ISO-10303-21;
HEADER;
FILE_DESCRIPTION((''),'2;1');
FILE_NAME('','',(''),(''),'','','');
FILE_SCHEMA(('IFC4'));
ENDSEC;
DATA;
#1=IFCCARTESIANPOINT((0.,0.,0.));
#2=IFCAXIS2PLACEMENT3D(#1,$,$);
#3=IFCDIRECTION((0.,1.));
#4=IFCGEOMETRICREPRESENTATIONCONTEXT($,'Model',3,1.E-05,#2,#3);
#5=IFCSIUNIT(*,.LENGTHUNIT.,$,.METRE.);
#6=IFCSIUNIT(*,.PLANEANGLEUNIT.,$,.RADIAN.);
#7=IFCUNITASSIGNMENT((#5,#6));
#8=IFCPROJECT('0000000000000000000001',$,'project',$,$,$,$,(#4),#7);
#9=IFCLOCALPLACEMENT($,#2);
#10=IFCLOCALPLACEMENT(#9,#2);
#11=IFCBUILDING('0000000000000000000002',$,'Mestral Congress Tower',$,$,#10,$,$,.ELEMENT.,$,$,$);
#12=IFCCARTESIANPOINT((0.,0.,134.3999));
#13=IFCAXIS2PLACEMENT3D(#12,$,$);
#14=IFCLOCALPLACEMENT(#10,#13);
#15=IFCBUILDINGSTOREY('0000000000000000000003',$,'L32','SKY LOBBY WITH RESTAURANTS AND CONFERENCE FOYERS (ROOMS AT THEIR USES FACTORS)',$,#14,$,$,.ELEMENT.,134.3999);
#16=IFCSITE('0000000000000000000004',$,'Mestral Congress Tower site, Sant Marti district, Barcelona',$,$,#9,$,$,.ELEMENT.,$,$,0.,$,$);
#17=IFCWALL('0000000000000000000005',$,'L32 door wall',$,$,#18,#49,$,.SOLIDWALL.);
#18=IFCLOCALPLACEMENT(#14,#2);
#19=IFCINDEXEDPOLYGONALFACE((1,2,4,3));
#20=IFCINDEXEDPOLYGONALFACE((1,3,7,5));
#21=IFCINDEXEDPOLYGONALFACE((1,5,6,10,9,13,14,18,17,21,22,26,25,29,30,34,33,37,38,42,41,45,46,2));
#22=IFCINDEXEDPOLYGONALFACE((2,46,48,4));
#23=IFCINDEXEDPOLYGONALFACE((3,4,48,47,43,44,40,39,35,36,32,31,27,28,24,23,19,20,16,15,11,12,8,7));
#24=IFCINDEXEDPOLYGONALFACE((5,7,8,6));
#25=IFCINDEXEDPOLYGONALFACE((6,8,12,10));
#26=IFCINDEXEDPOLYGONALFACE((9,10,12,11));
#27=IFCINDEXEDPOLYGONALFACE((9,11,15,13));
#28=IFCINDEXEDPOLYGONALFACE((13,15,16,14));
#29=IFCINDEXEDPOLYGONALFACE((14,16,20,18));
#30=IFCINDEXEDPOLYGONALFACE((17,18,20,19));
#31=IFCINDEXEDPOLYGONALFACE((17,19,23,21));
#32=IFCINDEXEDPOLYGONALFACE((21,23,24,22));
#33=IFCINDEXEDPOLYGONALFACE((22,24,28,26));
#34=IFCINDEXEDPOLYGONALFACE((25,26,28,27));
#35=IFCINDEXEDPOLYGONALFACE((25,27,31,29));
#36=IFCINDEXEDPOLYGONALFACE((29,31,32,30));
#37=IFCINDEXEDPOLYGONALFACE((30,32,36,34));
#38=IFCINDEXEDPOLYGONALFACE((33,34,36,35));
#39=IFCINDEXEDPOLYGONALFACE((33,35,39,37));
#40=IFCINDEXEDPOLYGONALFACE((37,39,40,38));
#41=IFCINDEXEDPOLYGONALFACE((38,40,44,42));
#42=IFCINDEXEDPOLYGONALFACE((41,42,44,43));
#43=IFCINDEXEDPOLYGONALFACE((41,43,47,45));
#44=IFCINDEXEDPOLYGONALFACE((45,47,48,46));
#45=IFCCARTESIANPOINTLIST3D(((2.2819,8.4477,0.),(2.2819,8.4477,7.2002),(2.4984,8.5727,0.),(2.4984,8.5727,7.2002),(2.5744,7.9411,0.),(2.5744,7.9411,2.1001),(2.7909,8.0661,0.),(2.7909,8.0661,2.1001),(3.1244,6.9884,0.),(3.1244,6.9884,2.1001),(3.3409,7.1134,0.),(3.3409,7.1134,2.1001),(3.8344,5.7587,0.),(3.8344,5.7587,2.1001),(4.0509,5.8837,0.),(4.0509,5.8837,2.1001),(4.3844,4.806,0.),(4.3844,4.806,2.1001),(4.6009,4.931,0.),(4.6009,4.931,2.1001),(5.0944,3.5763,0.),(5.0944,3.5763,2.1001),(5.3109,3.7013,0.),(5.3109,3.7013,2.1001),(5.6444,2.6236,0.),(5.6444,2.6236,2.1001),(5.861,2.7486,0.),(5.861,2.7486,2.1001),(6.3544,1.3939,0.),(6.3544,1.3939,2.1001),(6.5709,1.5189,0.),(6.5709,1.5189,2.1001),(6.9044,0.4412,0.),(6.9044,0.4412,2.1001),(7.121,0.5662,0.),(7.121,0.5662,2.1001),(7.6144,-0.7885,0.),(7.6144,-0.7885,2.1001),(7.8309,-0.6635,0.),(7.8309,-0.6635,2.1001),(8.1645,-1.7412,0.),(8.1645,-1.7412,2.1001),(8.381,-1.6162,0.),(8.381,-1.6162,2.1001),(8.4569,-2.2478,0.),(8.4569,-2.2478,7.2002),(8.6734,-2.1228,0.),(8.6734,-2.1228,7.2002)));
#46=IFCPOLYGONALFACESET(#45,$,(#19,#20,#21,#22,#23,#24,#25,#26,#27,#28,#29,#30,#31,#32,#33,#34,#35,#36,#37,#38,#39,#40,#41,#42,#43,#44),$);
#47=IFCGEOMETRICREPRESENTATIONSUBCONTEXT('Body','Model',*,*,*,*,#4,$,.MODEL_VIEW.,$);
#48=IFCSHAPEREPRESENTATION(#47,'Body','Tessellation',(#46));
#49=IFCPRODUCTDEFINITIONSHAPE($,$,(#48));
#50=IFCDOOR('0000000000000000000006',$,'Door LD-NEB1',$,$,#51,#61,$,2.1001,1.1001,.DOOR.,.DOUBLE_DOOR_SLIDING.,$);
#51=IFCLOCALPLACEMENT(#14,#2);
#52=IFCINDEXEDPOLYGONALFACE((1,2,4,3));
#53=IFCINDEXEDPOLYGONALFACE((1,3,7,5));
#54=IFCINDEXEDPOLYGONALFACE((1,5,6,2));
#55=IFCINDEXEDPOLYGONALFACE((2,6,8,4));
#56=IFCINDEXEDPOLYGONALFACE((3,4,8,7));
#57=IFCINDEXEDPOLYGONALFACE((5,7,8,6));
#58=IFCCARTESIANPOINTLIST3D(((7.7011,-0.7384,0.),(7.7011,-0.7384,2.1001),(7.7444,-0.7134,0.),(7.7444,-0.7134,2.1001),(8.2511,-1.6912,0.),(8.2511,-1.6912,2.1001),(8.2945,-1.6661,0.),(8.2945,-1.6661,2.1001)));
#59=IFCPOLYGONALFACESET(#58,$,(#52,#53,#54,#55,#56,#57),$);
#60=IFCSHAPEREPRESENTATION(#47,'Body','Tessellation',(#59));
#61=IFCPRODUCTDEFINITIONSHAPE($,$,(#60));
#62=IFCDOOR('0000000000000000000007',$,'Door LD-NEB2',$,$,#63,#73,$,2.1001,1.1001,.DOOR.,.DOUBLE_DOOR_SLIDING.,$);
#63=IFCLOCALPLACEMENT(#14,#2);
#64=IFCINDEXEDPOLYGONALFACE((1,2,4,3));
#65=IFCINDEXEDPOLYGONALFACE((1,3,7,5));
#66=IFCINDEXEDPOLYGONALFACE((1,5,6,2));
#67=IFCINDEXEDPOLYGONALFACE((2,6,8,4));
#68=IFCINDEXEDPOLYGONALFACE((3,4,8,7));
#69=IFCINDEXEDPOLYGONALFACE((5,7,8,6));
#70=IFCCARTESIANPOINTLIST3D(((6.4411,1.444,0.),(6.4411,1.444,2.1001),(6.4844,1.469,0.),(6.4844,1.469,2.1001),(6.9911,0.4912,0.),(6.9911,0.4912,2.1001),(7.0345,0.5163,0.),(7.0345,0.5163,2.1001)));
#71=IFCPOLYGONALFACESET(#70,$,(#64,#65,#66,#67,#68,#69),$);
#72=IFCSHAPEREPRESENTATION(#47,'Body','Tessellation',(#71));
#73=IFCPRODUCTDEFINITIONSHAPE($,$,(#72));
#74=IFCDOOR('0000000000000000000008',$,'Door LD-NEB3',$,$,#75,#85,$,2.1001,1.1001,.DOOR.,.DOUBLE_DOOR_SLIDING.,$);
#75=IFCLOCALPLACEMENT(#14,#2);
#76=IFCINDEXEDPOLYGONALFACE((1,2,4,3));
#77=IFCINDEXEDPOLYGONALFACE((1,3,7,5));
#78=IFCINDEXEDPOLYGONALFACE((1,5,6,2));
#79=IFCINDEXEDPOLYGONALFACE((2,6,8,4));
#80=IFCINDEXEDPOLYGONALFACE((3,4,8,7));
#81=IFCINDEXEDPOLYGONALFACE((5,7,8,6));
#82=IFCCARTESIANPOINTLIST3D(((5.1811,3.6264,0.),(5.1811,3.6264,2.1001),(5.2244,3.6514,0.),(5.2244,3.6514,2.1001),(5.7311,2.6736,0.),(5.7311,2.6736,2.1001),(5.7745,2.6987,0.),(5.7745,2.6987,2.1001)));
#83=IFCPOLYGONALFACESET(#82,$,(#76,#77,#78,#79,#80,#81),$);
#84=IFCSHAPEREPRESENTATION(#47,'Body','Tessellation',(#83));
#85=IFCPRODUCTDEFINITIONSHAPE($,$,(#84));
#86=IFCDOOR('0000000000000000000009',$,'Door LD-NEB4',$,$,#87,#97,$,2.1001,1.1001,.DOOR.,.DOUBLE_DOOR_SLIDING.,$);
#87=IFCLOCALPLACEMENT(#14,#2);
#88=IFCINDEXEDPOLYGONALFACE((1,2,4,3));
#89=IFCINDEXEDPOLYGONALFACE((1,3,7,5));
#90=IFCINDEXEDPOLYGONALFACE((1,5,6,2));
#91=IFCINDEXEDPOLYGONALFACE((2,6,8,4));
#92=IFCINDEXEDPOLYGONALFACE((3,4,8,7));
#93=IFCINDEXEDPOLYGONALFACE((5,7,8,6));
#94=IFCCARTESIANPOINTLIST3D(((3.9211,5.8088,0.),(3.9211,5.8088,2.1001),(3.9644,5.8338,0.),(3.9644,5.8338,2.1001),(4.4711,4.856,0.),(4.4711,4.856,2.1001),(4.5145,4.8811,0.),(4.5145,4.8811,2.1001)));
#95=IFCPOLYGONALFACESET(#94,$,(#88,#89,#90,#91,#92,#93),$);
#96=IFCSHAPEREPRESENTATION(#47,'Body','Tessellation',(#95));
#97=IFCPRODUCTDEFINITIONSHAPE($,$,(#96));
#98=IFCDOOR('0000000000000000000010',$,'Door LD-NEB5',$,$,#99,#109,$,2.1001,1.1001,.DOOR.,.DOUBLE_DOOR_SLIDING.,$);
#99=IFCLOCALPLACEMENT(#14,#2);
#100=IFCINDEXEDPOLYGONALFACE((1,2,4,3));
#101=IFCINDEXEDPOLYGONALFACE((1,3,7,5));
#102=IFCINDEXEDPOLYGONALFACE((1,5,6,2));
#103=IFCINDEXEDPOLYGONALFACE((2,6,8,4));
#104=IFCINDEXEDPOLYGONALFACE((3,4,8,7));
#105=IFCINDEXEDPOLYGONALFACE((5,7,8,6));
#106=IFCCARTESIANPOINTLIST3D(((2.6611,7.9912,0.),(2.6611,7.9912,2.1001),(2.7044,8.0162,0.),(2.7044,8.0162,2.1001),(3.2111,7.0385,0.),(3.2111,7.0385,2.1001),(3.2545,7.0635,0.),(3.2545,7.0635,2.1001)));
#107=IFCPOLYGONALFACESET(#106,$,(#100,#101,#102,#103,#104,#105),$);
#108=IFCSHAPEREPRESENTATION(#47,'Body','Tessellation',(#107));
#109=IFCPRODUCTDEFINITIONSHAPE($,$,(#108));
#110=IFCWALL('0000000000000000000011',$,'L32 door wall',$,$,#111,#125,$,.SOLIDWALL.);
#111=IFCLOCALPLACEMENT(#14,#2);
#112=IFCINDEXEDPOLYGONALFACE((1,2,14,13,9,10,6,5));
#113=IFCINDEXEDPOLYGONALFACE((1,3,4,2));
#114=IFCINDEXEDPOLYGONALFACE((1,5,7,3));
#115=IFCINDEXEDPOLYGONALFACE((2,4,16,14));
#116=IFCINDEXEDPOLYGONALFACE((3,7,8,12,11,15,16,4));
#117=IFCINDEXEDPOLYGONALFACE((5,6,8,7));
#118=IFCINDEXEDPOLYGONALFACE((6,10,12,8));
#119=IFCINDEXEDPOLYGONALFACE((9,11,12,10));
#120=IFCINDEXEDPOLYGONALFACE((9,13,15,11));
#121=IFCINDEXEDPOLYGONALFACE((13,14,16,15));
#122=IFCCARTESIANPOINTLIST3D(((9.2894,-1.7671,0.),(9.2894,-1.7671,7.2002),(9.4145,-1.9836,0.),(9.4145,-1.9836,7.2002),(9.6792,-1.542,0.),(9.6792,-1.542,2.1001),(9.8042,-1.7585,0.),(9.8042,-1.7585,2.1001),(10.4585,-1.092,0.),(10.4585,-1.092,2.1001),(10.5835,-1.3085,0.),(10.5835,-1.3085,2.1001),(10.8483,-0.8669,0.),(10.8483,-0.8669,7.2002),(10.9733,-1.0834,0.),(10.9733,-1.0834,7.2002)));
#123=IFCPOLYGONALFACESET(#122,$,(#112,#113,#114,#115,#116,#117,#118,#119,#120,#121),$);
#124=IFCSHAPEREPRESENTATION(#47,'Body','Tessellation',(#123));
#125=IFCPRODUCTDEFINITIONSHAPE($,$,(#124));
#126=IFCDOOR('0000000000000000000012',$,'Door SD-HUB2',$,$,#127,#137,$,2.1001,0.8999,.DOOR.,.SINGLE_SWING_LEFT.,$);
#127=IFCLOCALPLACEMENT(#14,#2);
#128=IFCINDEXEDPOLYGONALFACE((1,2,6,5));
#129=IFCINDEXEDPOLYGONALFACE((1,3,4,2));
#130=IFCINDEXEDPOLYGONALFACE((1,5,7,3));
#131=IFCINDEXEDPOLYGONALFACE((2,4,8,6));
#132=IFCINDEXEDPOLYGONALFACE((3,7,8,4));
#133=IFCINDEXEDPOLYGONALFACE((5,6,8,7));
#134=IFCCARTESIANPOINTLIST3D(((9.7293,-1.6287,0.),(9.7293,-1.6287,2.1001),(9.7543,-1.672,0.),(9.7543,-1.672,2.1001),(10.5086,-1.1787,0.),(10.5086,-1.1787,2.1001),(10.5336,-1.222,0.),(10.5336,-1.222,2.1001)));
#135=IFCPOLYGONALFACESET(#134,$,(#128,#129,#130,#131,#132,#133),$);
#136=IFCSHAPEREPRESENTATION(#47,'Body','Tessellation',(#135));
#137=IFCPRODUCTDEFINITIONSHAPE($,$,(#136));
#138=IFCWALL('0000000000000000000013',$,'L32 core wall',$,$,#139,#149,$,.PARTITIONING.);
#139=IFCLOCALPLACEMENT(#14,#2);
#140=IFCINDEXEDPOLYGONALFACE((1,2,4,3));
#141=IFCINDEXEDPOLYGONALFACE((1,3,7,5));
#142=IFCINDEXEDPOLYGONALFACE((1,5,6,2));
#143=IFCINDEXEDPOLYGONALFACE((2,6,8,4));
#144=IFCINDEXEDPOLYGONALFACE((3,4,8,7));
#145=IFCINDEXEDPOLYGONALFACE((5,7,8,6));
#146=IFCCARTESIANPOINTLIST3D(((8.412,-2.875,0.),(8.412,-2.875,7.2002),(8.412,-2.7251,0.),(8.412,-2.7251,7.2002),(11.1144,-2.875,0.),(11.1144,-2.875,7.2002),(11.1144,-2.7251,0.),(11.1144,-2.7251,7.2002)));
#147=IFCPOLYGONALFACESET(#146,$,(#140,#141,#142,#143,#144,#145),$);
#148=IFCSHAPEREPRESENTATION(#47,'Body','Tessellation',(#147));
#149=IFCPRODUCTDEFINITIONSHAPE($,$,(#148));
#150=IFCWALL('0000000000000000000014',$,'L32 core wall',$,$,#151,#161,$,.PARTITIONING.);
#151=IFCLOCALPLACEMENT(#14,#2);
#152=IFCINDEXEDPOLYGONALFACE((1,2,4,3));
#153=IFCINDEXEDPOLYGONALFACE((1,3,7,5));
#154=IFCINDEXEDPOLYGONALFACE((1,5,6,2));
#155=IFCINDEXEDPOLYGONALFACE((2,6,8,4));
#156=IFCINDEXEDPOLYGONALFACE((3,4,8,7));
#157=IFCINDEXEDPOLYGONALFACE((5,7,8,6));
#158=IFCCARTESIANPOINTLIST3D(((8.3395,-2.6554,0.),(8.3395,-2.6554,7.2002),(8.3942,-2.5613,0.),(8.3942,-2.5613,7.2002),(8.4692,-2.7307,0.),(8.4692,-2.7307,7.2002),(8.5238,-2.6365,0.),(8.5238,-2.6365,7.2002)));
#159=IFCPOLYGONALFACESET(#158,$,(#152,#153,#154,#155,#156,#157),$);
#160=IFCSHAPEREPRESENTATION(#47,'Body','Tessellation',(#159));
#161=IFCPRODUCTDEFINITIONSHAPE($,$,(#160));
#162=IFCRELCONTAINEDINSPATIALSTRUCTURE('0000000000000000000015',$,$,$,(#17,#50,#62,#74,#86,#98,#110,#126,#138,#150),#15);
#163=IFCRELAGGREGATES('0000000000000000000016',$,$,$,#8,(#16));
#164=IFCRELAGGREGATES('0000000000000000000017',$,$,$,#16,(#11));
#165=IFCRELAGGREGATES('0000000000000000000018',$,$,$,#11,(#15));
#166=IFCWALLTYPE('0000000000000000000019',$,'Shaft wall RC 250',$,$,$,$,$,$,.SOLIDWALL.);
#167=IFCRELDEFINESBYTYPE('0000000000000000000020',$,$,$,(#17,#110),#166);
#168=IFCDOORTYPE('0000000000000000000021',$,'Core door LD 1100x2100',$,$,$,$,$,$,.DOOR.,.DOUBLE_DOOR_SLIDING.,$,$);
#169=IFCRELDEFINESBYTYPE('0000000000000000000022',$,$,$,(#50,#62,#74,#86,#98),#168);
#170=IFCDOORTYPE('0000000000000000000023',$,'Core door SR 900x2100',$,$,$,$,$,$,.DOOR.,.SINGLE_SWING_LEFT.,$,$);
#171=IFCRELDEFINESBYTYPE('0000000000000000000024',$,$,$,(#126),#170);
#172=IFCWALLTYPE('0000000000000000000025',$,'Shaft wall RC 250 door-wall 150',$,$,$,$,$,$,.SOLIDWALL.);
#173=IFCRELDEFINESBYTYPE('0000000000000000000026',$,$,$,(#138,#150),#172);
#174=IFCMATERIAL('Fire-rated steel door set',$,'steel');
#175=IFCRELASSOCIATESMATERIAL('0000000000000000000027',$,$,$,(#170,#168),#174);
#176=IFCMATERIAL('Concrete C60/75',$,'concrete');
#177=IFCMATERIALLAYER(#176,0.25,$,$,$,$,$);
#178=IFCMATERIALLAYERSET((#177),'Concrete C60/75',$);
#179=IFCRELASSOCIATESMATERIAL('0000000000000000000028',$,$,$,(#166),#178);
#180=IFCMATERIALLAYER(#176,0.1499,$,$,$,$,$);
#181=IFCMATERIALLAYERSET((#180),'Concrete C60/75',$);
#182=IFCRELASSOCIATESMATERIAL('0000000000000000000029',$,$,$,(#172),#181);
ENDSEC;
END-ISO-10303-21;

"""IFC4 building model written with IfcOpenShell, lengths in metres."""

from ifc_helpers import new_model, si_unit, direction, frame, frame_2d, origin, place, context, subcontext, project, spatial, rectangle, extrude, material, layer, layer_set, type_object, element, fill, save


model = new_model("IFC4")

# Units and contexts
model_context = context("Model", 3, precision=1e-05, world=origin(), true_north=direction((0.0, 1.0)))
body_context = subcontext(model_context, "Body", "Model", "MODEL_VIEW")
ifc_project = project(units=[si_unit("LENGTHUNIT", "METRE"), si_unit("PLANEANGLEUNIT", "RADIAN")], contexts=[model_context])

# Site, building, storey
site_placement = place(None, origin())
site = spatial("IfcSite", under=ifc_project, at=site_placement, Name="Mestral Congress Tower site, Sant Marti district, Barcelona", CompositionType="ELEMENT", RefElevation=0.0)
building_placement = place(site_placement, origin())
building = spatial("IfcBuilding", under=site, at=building_placement, Name="Mestral Congress Tower", CompositionType="ELEMENT")
storey_placement = place(building_placement, frame((0.0, 0.0, 134.3999)))
storey = spatial("IfcBuildingStorey", under=building, at=storey_placement, Name="L32", Description="SKY LOBBY WITH RESTAURANTS AND CONFERENCE FOYERS (ROOMS AT THEIR USES FACTORS)", CompositionType="ELEMENT", Elevation=134.3999)

# Shared definitions
ifc_material_1 = material(Name="Fire-rated steel door set", Category="steel")
door_type_1 = type_object("IfcDoorType", Name="Core door SR 900x2100", OperationType="SINGLE_SWING_LEFT", PredefinedType="DOOR", material=ifc_material_1)

# Shared definitions
ifc_material_2 = material(Name="Concrete C60/75", Category="concrete")
ifc_layer_1 = layer(ifc_material_2, 0.25)
ifc_layer_set_1 = layer_set([ifc_layer_1], Name="Concrete C60/75")
wall_type_1 = type_object("IfcWallType", Name="Shaft wall RC 250", PredefinedType="SOLIDWALL", material=ifc_layer_set_1)

# Wall, openings, doors
wall_1_placement = place(storey_placement, frame((8.5652, -2.1853, 0.0), z_axis=(0.0, 0.0, 1.0), x_axis=(-0.499998, 0.866027, 0.0)))
wall_1 = element("IfcWall", 1, at=wall_1_placement, inside=storey, type_object=wall_type_1, Name="L32 door wall", PredefinedType="SOLIDWALL", context=body_context, shape_type="SweptSolid", body=[
    extrude(rectangle(XDim=12.3501, YDim=0.25, at=frame_2d((6.175, 0.0))), origin(), (0.0, 0.0, 1.0), 7.2002),
])
opening_1_placement = place(wall_1_placement, frame((0.585, 0.0, 0.0)))
opening_1 = element("IfcOpeningElement", 2, at=opening_1_placement, cuts=wall_1, PredefinedType="OPENING", context=body_context, shape_type="SweptSolid", body=[
    extrude(rectangle(XDim=1.1001, YDim=2.1001, at=frame_2d((0.55, 1.05))), frame((0.0, 0.135, 0.0), z_axis=(0.0, -1.0, 0.0), x_axis=(1.0, 0.0, 0.0)), (0.0, 0.0, 1.0), 0.27),
])
opening_2_placement = place(wall_1_placement, frame((3.105, 0.0, 0.0)))
opening_2 = element("IfcOpeningElement", 3, at=opening_2_placement, cuts=wall_1, PredefinedType="OPENING", context=body_context, shape_type="SweptSolid", body=[
    extrude(rectangle(XDim=1.1001, YDim=2.1001, at=frame_2d((0.55, 1.05))), frame((0.0, 0.135, 0.0), z_axis=(0.0, -1.0, 0.0), x_axis=(1.0, 0.0, 0.0)), (0.0, 0.0, 1.0), 0.27),
])
opening_3_placement = place(wall_1_placement, frame((5.625, 0.0, 0.0)))
opening_3 = element("IfcOpeningElement", 4, at=opening_3_placement, cuts=wall_1, PredefinedType="OPENING", context=body_context, shape_type="SweptSolid", body=[
    extrude(rectangle(XDim=1.1001, YDim=2.1001, at=frame_2d((0.55, 1.05))), frame((0.0, 0.135, 0.0), z_axis=(0.0, -1.0, 0.0), x_axis=(1.0, 0.0, 0.0)), (0.0, 0.0, 1.0), 0.27),
])
opening_4_placement = place(wall_1_placement, frame((8.145, 0.0, 0.0)))
opening_4 = element("IfcOpeningElement", 5, at=opening_4_placement, cuts=wall_1, PredefinedType="OPENING", context=body_context, shape_type="SweptSolid", body=[
    extrude(rectangle(XDim=1.1001, YDim=2.1001, at=frame_2d((0.55, 1.05))), frame((0.0, 0.135, 0.0), z_axis=(0.0, -1.0, 0.0), x_axis=(1.0, 0.0, 0.0)), (0.0, 0.0, 1.0), 0.27),
])
opening_5_placement = place(wall_1_placement, frame((10.665, 0.0, 0.0)))
opening_5 = element("IfcOpeningElement", 6, at=opening_5_placement, cuts=wall_1, PredefinedType="OPENING", context=body_context, shape_type="SweptSolid", body=[
    extrude(rectangle(XDim=1.1001, YDim=2.1001, at=frame_2d((0.55, 1.05))), frame((0.0, 0.135, 0.0), z_axis=(0.0, -1.0, 0.0), x_axis=(1.0, 0.0, 0.0)), (0.0, 0.0, 1.0), 0.27),
])
door_type_2 = type_object("IfcDoorType", Name="Core door LD 1100x2100", OperationType="DOUBLE_DOOR_SLIDING", PredefinedType="DOOR", material=ifc_material_1)
door_1_placement = place(opening_1_placement, origin())
door_1 = element("IfcDoor", 7, at=door_1_placement, inside=storey, type_object=door_type_2, Name="Door LD-NEB1", OperationType="DOUBLE_DOOR_SLIDING", OverallHeight=2.1001, OverallWidth=1.1001, PredefinedType="DOOR", context=body_context, shape_type="SweptSolid", body=[
    extrude(rectangle(XDim=1.1001, YDim=2.1001, at=frame_2d((0.55, 1.05))), frame((0.0, 0.0249, 0.0), z_axis=(0.0, -1.0, 0.0), x_axis=(1.0, 0.0, 0.0)), (0.0, 0.0, 1.0), 0.05),
])
fill(opening_1, door_1)
door_2_placement = place(opening_2_placement, origin())
door_2 = element("IfcDoor", 8, at=door_2_placement, inside=storey, type_object=door_type_2, Name="Door LD-NEB2", OperationType="DOUBLE_DOOR_SLIDING", OverallHeight=2.1001, OverallWidth=1.1001, PredefinedType="DOOR", context=body_context, shape_type="SweptSolid", body=[
    extrude(rectangle(XDim=1.1001, YDim=2.1001, at=frame_2d((0.55, 1.05))), frame((0.0, 0.0249, 0.0), z_axis=(0.0, -1.0, 0.0), x_axis=(1.0, 0.0, 0.0)), (0.0, 0.0, 1.0), 0.05),
])
fill(opening_2, door_2)
door_3_placement = place(opening_3_placement, origin())
door_3 = element("IfcDoor", 9, at=door_3_placement, inside=storey, type_object=door_type_2, Name="Door LD-NEB3", OperationType="DOUBLE_DOOR_SLIDING", OverallHeight=2.1001, OverallWidth=1.1001, PredefinedType="DOOR", context=body_context, shape_type="SweptSolid", body=[
    extrude(rectangle(XDim=1.1001, YDim=2.1001, at=frame_2d((0.55, 1.05))), frame((0.0, 0.0249, 0.0), z_axis=(0.0, -1.0, 0.0), x_axis=(1.0, 0.0, 0.0)), (0.0, 0.0, 1.0), 0.05),
])
fill(opening_3, door_3)
door_4_placement = place(opening_4_placement, origin())
door_4 = element("IfcDoor", 10, at=door_4_placement, inside=storey, type_object=door_type_2, Name="Door LD-NEB4", OperationType="DOUBLE_DOOR_SLIDING", OverallHeight=2.1001, OverallWidth=1.1001, PredefinedType="DOOR", context=body_context, shape_type="SweptSolid", body=[
    extrude(rectangle(XDim=1.1001, YDim=2.1001, at=frame_2d((0.55, 1.05))), frame((0.0, 0.0249, 0.0), z_axis=(0.0, -1.0, 0.0), x_axis=(1.0, 0.0, 0.0)), (0.0, 0.0, 1.0), 0.05),
])
fill(opening_4, door_4)
door_5_placement = place(opening_5_placement, origin())
door_5 = element("IfcDoor", 11, at=door_5_placement, inside=storey, type_object=door_type_2, Name="Door LD-NEB5", OperationType="DOUBLE_DOOR_SLIDING", OverallHeight=2.1001, OverallWidth=1.1001, PredefinedType="DOOR", context=body_context, shape_type="SweptSolid", body=[
    extrude(rectangle(XDim=1.1001, YDim=2.1001, at=frame_2d((0.55, 1.05))), frame((0.0, 0.0249, 0.0), z_axis=(0.0, -1.0, 0.0), x_axis=(1.0, 0.0, 0.0)), (0.0, 0.0, 1.0), 0.05),
])
fill(opening_5, door_5)

# Wall, opening, door
wall_2_placement = place(storey_placement, frame((9.3521, -1.8752, 0.0), z_axis=(0.0, 0.0, 1.0), x_axis=(0.865989, 0.500063, 0.0)))
wall_2 = element("IfcWall", 12, at=wall_2_placement, inside=storey, type_object=wall_type_1, Name="L32 door wall", PredefinedType="SOLIDWALL", context=body_context, shape_type="SweptSolid", body=[
    extrude(rectangle(XDim=1.8, YDim=0.25, at=frame_2d((0.8999, 0.0))), origin(), (0.0, 0.0, 1.0), 7.2002),
])
opening_6_placement = place(wall_2_placement, frame((0.45, 0.0, 0.0)))
opening_6 = element("IfcOpeningElement", 13, at=opening_6_placement, cuts=wall_2, PredefinedType="OPENING", context=body_context, shape_type="SweptSolid", body=[
    extrude(rectangle(XDim=0.8999, YDim=2.1001, at=frame_2d((0.45, 1.05))), frame((0.0, 0.135, 0.0), z_axis=(0.0, -1.0, 0.0), x_axis=(1.0, 0.0, 0.0)), (0.0, 0.0, 1.0), 0.27),
])
door_6_placement = place(opening_6_placement, origin())
door_6 = element("IfcDoor", 14, at=door_6_placement, inside=storey, type_object=door_type_1, Name="Door SD-HUB2", OperationType="SINGLE_SWING_LEFT", OverallHeight=2.1001, OverallWidth=0.8999, PredefinedType="DOOR", context=body_context, shape_type="SweptSolid", body=[
    extrude(rectangle(XDim=0.8999, YDim=2.1001, at=frame_2d((0.45, 1.05))), frame((0.0, 0.0249, 0.0), z_axis=(0.0, -1.0, 0.0), x_axis=(1.0, 0.0, 0.0)), (0.0, 0.0, 1.0), 0.05),
])
fill(opening_6, door_6)

# Walls
ifc_layer_2 = layer(ifc_material_2, 0.1499)
ifc_layer_set_2 = layer_set([ifc_layer_2], Name="Concrete C60/75")
wall_type_2 = type_object("IfcWallType", Name="Shaft wall RC 250 door-wall 150", PredefinedType="SOLIDWALL", material=ifc_layer_set_2)
wall_3_placement = place(storey_placement, frame((8.4121, -2.8, 0.0), z_axis=(0.0, 0.0, 1.0), x_axis=(1.0, 0.0, 0.0)))
element("IfcWall", 15, at=wall_3_placement, inside=storey, type_object=wall_type_2, Name="L32 core wall", PredefinedType="PARTITIONING", context=body_context, shape_type="SweptSolid", body=[
    extrude(rectangle(XDim=2.7024, YDim=0.1499, at=frame_2d((1.3511, 0.0))), origin(), (0.0, 0.0, 1.0), 7.2002),
])
wall_4_placement = place(storey_placement, frame((8.459, -2.5989, 0.0), z_axis=(0.0, 0.0, 1.0), x_axis=(-0.501919, -0.864914, 0.0)))
element("IfcWall", 16, at=wall_4_placement, inside=storey, type_object=wall_type_2, Name="L32 core wall", PredefinedType="PARTITIONING", context=body_context, shape_type="SweptSolid", body=[
    extrude(rectangle(XDim=0.1089, YDim=0.1499, at=frame_2d((0.0544, 0.0))), origin(), (0.0, 0.0, 1.0), 7.2002),
])

save(model, "model.ifc")
